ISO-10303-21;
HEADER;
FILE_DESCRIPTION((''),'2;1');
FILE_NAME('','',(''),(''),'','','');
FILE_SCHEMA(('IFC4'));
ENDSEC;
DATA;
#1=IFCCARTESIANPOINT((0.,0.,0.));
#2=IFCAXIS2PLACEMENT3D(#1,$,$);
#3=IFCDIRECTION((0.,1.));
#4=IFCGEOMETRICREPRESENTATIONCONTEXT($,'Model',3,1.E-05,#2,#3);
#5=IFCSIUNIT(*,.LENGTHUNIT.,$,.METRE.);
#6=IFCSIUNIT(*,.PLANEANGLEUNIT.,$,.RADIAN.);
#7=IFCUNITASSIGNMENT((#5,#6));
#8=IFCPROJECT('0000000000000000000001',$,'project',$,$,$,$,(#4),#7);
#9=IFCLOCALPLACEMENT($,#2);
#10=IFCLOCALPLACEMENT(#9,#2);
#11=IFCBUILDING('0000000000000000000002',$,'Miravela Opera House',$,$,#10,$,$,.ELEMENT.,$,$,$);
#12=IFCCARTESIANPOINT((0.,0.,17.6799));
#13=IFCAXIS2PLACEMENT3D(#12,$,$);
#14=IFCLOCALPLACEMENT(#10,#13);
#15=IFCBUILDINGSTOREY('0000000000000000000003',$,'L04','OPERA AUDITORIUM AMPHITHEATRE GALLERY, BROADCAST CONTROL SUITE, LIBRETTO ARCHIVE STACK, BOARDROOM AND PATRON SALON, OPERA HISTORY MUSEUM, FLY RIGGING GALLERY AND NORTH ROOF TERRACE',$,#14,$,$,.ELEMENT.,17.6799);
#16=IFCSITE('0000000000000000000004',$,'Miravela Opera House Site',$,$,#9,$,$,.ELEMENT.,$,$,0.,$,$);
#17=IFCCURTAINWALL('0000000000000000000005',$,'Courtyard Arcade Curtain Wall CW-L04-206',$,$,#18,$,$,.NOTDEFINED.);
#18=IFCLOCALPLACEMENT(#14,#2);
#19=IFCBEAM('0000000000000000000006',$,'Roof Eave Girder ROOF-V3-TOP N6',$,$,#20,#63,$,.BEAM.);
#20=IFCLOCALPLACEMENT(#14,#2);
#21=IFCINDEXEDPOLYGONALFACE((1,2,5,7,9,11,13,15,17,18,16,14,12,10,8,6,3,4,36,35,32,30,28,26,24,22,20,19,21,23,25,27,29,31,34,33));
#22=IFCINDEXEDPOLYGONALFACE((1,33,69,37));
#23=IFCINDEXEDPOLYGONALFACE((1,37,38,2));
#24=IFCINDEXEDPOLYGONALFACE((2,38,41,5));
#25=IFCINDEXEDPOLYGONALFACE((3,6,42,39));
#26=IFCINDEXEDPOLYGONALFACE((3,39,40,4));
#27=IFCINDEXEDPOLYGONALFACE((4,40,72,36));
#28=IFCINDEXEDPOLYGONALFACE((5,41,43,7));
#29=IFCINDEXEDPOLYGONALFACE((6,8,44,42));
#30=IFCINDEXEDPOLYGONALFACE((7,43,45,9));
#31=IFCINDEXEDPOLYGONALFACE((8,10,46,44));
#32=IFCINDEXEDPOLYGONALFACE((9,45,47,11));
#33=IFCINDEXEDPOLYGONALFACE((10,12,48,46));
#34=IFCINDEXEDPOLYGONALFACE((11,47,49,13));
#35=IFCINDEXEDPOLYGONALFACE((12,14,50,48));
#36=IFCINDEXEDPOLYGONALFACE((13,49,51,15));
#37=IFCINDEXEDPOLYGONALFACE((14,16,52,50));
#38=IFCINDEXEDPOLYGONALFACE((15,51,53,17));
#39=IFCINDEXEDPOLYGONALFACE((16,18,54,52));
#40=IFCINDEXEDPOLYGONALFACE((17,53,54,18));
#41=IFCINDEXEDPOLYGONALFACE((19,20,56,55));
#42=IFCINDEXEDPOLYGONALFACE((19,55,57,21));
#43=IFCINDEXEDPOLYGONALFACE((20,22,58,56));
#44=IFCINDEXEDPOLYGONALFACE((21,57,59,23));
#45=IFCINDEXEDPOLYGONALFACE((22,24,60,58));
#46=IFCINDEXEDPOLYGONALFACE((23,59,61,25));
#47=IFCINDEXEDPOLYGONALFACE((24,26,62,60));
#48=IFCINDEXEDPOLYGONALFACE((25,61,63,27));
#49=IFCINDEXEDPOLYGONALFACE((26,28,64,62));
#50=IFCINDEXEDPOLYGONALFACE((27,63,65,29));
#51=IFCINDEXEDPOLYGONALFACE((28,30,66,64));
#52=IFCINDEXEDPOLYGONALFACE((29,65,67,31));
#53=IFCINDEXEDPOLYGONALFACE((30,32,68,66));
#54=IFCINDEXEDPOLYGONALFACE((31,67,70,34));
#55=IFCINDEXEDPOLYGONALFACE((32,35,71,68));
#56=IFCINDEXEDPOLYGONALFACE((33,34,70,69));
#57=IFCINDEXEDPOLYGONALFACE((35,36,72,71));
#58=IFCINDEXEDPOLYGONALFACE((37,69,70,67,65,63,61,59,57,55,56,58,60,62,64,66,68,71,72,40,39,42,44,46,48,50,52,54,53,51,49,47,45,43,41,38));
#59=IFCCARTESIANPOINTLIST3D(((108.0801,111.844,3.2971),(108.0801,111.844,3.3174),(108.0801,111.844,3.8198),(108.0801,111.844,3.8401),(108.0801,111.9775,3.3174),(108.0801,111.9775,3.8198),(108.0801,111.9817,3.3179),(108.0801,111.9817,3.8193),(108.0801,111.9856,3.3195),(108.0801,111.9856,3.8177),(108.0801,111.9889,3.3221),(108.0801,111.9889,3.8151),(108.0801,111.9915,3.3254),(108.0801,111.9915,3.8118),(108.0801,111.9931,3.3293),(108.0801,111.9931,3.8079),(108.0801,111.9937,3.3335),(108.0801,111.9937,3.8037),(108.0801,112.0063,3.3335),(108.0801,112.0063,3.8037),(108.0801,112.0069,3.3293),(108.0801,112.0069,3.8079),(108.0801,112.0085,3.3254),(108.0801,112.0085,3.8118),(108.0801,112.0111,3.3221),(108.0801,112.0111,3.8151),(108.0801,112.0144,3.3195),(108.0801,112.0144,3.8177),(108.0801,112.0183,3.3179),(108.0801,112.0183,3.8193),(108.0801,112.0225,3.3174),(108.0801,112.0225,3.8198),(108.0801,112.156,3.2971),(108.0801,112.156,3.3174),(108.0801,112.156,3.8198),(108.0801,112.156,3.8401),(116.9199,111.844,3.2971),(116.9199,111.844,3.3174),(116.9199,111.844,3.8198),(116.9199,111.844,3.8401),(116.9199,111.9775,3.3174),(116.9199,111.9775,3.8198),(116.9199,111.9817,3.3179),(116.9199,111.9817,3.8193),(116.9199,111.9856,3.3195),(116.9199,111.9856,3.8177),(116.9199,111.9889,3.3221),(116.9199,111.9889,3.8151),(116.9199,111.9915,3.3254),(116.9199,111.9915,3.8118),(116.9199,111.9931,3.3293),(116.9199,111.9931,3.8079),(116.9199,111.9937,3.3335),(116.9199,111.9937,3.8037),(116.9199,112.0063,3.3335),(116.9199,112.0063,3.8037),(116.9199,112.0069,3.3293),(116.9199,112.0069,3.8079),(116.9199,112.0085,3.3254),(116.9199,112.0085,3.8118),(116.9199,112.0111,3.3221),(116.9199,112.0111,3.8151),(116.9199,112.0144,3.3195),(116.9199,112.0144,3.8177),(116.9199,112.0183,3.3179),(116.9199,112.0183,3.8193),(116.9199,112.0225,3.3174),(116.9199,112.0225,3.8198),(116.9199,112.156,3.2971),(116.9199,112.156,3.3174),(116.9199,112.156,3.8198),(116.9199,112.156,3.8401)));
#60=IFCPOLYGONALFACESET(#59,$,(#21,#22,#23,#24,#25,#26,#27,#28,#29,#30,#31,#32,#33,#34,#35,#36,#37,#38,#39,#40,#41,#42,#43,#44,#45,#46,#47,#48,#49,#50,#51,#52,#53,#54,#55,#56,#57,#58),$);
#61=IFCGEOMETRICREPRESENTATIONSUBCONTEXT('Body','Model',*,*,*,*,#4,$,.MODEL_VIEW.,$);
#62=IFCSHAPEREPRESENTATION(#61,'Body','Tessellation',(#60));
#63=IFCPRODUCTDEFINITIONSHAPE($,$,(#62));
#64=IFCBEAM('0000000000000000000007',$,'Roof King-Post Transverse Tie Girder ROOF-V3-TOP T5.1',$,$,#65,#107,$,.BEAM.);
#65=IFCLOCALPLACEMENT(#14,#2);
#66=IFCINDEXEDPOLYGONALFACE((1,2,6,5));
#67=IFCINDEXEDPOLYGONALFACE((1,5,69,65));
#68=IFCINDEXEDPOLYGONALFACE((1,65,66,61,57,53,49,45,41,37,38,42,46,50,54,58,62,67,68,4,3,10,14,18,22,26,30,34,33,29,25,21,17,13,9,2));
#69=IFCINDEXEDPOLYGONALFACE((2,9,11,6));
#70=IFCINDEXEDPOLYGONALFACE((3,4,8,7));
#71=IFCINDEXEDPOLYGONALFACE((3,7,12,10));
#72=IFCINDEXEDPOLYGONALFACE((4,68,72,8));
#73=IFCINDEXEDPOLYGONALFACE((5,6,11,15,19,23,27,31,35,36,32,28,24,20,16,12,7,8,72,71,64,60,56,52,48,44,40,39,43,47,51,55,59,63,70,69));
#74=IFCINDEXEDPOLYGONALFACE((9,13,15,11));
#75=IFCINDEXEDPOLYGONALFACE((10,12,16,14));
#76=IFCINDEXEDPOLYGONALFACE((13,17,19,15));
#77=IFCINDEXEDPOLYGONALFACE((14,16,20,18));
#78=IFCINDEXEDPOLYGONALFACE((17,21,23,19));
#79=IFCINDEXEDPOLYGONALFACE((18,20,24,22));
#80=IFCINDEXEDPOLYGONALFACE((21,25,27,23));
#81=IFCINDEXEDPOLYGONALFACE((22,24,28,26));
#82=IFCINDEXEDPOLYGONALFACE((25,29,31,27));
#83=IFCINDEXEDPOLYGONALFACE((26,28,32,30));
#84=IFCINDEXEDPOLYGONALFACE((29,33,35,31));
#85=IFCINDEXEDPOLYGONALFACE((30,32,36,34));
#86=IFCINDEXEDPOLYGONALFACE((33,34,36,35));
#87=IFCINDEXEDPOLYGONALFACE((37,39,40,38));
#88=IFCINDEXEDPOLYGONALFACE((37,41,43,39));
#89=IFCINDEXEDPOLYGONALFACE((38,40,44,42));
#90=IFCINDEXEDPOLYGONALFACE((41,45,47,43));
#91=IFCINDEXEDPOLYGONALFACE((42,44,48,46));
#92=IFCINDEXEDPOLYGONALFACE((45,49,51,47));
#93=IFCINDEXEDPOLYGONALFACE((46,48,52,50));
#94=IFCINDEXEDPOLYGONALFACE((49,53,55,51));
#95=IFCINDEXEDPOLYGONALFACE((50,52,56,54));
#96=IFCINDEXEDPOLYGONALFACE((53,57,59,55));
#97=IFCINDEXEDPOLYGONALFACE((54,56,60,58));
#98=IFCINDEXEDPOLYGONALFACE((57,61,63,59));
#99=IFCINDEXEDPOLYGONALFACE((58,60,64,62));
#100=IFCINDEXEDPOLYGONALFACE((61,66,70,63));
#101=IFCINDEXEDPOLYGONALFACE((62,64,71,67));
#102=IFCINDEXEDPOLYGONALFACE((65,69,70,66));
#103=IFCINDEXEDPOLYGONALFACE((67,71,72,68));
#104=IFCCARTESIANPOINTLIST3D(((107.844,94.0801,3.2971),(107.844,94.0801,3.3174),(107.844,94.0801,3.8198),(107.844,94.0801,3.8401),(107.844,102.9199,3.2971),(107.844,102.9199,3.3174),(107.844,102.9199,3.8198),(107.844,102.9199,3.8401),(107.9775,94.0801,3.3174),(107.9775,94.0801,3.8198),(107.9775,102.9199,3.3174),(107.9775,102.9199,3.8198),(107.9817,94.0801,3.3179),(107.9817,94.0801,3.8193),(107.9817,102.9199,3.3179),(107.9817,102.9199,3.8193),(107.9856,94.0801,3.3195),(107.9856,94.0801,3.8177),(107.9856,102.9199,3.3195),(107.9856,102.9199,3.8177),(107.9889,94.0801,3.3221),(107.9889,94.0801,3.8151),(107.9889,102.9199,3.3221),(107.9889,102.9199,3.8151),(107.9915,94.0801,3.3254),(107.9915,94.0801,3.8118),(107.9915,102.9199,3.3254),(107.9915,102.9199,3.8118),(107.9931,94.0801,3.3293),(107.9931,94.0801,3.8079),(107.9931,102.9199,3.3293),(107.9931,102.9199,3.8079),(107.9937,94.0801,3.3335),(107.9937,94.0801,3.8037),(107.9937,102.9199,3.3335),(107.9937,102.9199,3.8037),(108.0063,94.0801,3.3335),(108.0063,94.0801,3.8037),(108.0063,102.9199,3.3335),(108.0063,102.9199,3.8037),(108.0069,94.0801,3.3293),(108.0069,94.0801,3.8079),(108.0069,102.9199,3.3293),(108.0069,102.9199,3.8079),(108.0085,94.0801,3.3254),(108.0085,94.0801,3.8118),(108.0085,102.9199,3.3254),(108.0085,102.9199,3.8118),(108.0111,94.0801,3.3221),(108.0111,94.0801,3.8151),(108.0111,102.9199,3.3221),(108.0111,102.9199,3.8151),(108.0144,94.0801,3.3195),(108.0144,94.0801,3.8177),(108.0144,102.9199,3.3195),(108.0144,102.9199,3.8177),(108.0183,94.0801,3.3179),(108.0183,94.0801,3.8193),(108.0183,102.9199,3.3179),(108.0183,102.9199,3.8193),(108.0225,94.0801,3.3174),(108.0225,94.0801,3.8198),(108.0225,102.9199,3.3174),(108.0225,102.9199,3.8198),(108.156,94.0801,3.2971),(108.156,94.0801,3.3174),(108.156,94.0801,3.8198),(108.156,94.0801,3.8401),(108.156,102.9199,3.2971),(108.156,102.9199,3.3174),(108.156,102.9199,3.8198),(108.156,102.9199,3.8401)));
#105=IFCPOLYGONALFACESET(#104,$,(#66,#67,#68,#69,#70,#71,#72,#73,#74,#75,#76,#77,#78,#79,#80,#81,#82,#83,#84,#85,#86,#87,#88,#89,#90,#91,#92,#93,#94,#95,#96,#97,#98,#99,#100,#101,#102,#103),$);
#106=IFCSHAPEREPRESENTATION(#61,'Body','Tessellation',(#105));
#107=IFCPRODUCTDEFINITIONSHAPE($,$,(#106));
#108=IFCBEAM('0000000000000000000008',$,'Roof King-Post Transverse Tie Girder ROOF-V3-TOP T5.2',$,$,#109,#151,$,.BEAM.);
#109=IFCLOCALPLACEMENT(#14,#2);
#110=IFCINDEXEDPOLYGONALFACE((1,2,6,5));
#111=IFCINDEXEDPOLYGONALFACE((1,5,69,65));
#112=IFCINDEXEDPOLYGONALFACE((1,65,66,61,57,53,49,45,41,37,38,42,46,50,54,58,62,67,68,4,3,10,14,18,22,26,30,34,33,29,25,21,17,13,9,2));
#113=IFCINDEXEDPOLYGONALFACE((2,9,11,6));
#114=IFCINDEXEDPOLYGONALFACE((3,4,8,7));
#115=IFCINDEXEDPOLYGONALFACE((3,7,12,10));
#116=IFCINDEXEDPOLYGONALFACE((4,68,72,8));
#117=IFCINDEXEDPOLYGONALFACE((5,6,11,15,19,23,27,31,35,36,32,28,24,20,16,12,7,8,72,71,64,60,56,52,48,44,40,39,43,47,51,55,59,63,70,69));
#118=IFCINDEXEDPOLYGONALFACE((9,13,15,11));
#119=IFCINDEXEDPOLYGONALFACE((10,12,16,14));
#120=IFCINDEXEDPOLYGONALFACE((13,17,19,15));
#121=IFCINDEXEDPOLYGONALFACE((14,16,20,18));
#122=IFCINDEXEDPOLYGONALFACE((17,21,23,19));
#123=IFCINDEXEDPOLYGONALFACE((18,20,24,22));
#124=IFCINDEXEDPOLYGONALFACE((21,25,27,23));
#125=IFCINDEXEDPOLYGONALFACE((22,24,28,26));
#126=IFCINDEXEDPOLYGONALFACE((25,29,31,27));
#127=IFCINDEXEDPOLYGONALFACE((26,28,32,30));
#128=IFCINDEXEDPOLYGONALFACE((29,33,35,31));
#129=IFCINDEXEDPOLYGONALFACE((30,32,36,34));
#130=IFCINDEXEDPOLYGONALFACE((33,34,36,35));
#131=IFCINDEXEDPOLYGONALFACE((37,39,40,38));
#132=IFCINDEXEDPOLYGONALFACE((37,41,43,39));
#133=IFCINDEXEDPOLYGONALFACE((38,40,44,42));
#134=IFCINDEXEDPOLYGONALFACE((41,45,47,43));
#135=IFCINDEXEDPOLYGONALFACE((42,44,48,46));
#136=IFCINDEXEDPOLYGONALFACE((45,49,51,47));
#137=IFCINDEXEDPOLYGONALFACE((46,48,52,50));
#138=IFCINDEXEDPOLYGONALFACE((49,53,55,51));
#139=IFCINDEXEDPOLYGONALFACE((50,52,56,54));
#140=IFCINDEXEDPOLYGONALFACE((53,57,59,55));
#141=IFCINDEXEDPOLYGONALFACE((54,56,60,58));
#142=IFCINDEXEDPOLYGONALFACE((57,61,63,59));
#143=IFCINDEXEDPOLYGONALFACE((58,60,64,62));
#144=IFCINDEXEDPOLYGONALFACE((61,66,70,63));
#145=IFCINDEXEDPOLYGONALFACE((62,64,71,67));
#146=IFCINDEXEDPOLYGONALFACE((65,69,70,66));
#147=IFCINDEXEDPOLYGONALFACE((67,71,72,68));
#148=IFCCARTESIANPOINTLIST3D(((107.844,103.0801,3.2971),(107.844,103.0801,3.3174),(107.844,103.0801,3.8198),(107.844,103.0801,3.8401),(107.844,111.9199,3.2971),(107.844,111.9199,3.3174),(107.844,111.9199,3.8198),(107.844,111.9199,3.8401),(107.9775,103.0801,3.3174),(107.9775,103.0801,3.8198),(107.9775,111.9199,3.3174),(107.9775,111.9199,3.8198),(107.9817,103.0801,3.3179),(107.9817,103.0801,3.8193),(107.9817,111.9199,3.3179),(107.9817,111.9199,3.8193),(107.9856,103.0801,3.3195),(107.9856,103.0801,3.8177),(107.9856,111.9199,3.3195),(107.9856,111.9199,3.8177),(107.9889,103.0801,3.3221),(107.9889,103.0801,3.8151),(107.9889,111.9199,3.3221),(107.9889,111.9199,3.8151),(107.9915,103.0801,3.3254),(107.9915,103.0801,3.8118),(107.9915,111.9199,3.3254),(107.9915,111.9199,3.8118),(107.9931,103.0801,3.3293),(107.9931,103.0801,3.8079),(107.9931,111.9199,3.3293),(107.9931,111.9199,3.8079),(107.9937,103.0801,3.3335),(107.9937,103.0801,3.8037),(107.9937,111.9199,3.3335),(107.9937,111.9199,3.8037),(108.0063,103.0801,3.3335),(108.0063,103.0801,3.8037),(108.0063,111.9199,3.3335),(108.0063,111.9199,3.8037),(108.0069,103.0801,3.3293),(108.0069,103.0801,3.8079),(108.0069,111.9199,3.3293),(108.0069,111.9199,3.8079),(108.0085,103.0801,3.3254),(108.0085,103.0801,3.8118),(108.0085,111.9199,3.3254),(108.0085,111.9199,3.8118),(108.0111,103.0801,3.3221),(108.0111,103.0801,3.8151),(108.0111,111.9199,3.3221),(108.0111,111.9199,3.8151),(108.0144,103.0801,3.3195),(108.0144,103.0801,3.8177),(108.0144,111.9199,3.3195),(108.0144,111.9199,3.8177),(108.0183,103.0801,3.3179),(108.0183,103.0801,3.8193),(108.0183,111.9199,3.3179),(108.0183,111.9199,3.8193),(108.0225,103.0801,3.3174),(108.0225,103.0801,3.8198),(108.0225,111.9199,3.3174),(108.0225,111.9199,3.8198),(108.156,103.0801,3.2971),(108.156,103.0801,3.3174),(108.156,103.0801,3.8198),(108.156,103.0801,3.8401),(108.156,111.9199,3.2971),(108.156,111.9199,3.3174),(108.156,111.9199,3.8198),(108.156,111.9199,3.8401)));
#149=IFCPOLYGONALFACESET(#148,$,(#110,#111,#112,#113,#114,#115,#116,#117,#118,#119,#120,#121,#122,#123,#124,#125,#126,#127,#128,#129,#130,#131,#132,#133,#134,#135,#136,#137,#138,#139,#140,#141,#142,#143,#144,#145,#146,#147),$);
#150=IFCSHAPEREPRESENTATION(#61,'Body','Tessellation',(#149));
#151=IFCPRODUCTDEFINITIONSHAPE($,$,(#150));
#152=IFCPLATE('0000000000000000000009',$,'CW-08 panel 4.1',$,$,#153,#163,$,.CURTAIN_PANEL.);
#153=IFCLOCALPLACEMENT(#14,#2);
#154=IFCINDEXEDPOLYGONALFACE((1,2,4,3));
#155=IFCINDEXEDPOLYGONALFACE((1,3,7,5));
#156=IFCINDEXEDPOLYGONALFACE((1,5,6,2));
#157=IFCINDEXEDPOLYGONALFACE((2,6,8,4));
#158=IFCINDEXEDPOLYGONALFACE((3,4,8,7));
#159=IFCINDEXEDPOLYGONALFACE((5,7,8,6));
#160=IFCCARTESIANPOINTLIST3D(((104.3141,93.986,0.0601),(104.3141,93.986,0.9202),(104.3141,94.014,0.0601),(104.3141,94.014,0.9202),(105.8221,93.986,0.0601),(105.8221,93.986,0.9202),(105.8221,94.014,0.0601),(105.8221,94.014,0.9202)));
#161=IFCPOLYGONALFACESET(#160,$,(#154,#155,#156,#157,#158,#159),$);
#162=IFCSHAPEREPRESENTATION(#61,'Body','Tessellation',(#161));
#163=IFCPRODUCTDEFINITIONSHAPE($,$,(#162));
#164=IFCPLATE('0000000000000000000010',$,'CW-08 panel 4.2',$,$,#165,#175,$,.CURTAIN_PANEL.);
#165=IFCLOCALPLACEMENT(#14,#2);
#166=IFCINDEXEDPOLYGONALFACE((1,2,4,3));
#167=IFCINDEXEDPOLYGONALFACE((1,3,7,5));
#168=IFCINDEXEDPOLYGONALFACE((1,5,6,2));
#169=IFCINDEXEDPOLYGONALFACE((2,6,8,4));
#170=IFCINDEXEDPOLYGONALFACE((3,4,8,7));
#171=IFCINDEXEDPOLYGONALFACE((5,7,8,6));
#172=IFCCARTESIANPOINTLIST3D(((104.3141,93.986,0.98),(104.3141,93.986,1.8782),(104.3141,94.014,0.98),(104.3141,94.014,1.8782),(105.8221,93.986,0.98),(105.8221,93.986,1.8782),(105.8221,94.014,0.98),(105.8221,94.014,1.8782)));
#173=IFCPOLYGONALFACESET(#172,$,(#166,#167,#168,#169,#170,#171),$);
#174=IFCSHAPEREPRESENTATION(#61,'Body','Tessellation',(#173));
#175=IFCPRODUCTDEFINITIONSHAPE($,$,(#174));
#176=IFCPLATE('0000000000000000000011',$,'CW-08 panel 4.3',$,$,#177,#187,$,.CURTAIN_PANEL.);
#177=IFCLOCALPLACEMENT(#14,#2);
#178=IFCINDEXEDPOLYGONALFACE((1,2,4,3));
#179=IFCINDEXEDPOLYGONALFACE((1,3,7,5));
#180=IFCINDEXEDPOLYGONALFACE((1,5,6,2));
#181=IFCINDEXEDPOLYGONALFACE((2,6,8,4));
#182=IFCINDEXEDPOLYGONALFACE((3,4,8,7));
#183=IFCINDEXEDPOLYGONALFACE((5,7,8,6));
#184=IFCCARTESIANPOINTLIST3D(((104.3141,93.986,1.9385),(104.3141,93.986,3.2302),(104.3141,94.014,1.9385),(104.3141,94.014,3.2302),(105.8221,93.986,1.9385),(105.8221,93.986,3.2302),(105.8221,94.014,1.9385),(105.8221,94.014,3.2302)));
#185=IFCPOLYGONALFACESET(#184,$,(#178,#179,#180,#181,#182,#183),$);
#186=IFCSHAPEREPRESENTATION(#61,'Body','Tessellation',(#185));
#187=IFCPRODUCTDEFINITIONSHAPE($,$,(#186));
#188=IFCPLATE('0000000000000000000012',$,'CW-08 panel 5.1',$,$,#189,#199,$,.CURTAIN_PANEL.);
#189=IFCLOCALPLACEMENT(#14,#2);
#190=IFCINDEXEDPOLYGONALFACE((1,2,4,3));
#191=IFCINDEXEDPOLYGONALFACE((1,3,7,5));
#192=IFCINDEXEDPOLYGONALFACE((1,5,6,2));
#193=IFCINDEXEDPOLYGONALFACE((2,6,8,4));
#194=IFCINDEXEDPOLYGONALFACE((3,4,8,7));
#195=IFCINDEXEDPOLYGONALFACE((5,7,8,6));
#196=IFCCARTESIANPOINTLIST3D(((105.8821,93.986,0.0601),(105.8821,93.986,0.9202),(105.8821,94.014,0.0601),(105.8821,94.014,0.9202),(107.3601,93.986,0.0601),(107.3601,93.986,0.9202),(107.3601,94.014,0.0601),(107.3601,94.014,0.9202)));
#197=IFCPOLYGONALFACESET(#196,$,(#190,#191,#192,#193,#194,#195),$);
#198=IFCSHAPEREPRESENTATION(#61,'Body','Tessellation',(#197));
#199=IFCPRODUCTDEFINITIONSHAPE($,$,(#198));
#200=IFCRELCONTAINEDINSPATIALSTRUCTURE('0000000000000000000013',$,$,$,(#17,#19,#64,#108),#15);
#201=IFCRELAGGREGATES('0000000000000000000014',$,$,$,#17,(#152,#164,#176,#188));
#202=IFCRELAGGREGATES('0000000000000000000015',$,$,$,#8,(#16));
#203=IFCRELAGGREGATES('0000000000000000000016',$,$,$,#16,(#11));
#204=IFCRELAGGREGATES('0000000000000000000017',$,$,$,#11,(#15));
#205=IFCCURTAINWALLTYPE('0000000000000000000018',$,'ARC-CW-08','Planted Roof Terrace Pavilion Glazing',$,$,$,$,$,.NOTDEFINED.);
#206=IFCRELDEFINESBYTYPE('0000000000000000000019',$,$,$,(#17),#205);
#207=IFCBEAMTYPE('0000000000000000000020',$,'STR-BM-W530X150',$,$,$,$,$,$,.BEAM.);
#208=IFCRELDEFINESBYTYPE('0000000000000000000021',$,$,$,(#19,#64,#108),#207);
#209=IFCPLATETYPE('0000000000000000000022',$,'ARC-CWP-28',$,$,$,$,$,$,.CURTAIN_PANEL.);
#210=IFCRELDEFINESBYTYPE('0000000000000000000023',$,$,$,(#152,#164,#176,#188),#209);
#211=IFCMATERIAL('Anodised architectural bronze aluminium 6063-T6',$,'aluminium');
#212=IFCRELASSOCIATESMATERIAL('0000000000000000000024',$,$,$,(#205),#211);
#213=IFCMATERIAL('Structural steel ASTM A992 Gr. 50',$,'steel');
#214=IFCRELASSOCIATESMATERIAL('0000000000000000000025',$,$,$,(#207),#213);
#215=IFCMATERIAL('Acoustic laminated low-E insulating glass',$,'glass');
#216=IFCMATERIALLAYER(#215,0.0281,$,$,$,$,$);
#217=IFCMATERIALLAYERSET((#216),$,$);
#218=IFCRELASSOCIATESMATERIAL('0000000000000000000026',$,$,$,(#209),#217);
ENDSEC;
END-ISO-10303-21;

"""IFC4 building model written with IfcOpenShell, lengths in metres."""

from ifc_helpers import new_model, si_unit, direction, frame, origin, origin_2d, place, context, subcontext, project, spatial, rectangle, i_section, extrude, material, layer, layer_set, material_profile, profile_set, type_object, element, aggregate, save


model = new_model("IFC4")

# Units and contexts
model_context = context("Model", 3, precision=1e-05, world=origin(), true_north=direction((0.0, 1.0)))
body_context = subcontext(model_context, "Body", "Model", "MODEL_VIEW")
ifc_project = project(units=[si_unit("LENGTHUNIT", "METRE"), si_unit("PLANEANGLEUNIT", "RADIAN")], contexts=[model_context])

# Site, building, storey
site_placement = place(None, origin())
site = spatial("IfcSite", under=ifc_project, at=site_placement, Name="Miravela Opera House Site", CompositionType="ELEMENT", RefElevation=0.0)
building_placement = place(site_placement, origin())
building = spatial("IfcBuilding", under=site, at=building_placement, Name="Miravela Opera House", CompositionType="ELEMENT")
storey_placement = place(building_placement, frame((0.0, 0.0, 17.6799)))
storey = spatial("IfcBuildingStorey", under=building, at=storey_placement, Name="L04", Description="OPERA AUDITORIUM AMPHITHEATRE GALLERY, BROADCAST CONTROL SUITE, LIBRETTO ARCHIVE STACK, BOARDROOM AND PATRON SALON, OPERA HISTORY MUSEUM, FLY RIGGING GALLERY AND NORTH ROOF TERRACE", CompositionType="ELEMENT", Elevation=17.6799)

# Curtain wall
ifc_material_1 = material(Name="Anodised architectural bronze aluminium 6063-T6", Category="aluminium")
curtain_wall_type = type_object("IfcCurtainWallType", Name="ARC-CW-08", Description="Planted Roof Terrace Pavilion Glazing", PredefinedType="NOTDEFINED", material=ifc_material_1)
curtain_wall_placement = place(storey_placement, origin())
curtain_wall = element("IfcCurtainWall", 1, at=curtain_wall_placement, inside=storey, type_object=curtain_wall_type, Name="Courtyard Arcade Curtain Wall CW-L04-206", PredefinedType="NOTDEFINED")

# Beams
ifc_material_2 = material(Name="Structural steel ASTM A992 Gr. 50", Category="steel")
ifc_material_profile_1 = material_profile(ifc_material_2, i_section(OverallWidth=0.312, OverallDepth=0.543, WebThickness=0.0127, FlangeThickness=0.0203, FilletRadius=0.0161, at=origin_2d()), Name="W530X150")
ifc_profile_set_1 = profile_set([ifc_material_profile_1])
beam_type = type_object("IfcBeamType", Name="STR-BM-W530X150", PredefinedType="BEAM", material=ifc_profile_set_1)
for number, where, z_axis, x_axis, name in (
    (2, (108.0801, 112.0, 3.5686), (1.0, 0.0, 0.0), (0.0, 1.0, 0.0), "Roof Eave Girder ROOF-V3-TOP N6"),
    (3, (108.0, 94.0801, 3.5686), (0.0, 1.0, 0.0), (-1.0, 0.0, 0.0), "Roof King-Post Transverse Tie Girder ROOF-V3-TOP T5.1"),
    (4, (108.0, 103.0801, 3.5686), (0.0, 1.0, 0.0), (-1.0, 0.0, 0.0), "Roof King-Post Transverse Tie Girder ROOF-V3-TOP T5.2"),
):
    element("IfcBeam", number, at=place(storey_placement, frame(where, z_axis=z_axis, x_axis=x_axis)), inside=storey, type_object=beam_type, Name=name, PredefinedType="BEAM", context=body_context, shape_type="SweptSolid", body=[
        extrude(i_section(OverallWidth=0.312, OverallDepth=0.543, WebThickness=0.0127, FlangeThickness=0.0203, FilletRadius=0.0161, at=origin_2d()), origin(), (0.0, 0.0, 1.0), 8.8398),
    ])

# Plates
ifc_material_3 = material(Name="Acoustic laminated low-E insulating glass", Category="glass")
ifc_layer_1 = layer(ifc_material_3, 0.0281)
ifc_layer_set_1 = layer_set([ifc_layer_1])
plate_type = type_object("IfcPlateType", Name="ARC-CWP-28", PredefinedType="CURTAIN_PANEL", material=ifc_layer_set_1)
plate_1_placement = place(storey_placement, frame((105.0681, 94.0, 0.0601), z_axis=(0.0, 0.0, 1.0), x_axis=(1.0, 0.0, 0.0)))
plate_1 = element("IfcPlate", 5, at=plate_1_placement, type_object=plate_type, Name="CW-08 panel 4.1", PredefinedType="CURTAIN_PANEL", context=body_context, shape_type="SweptSolid", body=[
    extrude(rectangle(XDim=1.5081, YDim=0.0281, at=origin_2d()), origin(), (0.0, 0.0, 1.0), 0.8601),
])
plate_2_placement = place(storey_placement, frame((105.0681, 94.0, 0.98), z_axis=(0.0, 0.0, 1.0), x_axis=(1.0, 0.0, 0.0)))
plate_2 = element("IfcPlate", 6, at=plate_2_placement, type_object=plate_type, Name="CW-08 panel 4.2", PredefinedType="CURTAIN_PANEL", context=body_context, shape_type="SweptSolid", body=[
    extrude(rectangle(XDim=1.5081, YDim=0.0281, at=origin_2d()), origin(), (0.0, 0.0, 1.0), 0.8982),
])
plate_3_placement = place(storey_placement, frame((105.0681, 94.0, 1.9385), z_axis=(0.0, 0.0, 1.0), x_axis=(1.0, 0.0, 0.0)))
plate_3 = element("IfcPlate", 7, at=plate_3_placement, type_object=plate_type, Name="CW-08 panel 4.3", PredefinedType="CURTAIN_PANEL", context=body_context, shape_type="SweptSolid", body=[
    extrude(rectangle(XDim=1.5081, YDim=0.0281, at=origin_2d()), origin(), (0.0, 0.0, 1.0), 1.2917),
])
plate_4_placement = place(storey_placement, frame((106.6211, 94.0, 0.0601), z_axis=(0.0, 0.0, 1.0), x_axis=(1.0, 0.0, 0.0)))
plate_4 = element("IfcPlate", 8, at=plate_4_placement, type_object=plate_type, Name="CW-08 panel 5.1", PredefinedType="CURTAIN_PANEL", context=body_context, shape_type="SweptSolid", body=[
    extrude(rectangle(XDim=1.478, YDim=0.0281, at=origin_2d()), origin(), (0.0, 0.0, 1.0), 0.8601),
])
aggregate(curtain_wall, [plate_1, plate_2, plate_3, plate_4])

save(model, "model.ifc")
